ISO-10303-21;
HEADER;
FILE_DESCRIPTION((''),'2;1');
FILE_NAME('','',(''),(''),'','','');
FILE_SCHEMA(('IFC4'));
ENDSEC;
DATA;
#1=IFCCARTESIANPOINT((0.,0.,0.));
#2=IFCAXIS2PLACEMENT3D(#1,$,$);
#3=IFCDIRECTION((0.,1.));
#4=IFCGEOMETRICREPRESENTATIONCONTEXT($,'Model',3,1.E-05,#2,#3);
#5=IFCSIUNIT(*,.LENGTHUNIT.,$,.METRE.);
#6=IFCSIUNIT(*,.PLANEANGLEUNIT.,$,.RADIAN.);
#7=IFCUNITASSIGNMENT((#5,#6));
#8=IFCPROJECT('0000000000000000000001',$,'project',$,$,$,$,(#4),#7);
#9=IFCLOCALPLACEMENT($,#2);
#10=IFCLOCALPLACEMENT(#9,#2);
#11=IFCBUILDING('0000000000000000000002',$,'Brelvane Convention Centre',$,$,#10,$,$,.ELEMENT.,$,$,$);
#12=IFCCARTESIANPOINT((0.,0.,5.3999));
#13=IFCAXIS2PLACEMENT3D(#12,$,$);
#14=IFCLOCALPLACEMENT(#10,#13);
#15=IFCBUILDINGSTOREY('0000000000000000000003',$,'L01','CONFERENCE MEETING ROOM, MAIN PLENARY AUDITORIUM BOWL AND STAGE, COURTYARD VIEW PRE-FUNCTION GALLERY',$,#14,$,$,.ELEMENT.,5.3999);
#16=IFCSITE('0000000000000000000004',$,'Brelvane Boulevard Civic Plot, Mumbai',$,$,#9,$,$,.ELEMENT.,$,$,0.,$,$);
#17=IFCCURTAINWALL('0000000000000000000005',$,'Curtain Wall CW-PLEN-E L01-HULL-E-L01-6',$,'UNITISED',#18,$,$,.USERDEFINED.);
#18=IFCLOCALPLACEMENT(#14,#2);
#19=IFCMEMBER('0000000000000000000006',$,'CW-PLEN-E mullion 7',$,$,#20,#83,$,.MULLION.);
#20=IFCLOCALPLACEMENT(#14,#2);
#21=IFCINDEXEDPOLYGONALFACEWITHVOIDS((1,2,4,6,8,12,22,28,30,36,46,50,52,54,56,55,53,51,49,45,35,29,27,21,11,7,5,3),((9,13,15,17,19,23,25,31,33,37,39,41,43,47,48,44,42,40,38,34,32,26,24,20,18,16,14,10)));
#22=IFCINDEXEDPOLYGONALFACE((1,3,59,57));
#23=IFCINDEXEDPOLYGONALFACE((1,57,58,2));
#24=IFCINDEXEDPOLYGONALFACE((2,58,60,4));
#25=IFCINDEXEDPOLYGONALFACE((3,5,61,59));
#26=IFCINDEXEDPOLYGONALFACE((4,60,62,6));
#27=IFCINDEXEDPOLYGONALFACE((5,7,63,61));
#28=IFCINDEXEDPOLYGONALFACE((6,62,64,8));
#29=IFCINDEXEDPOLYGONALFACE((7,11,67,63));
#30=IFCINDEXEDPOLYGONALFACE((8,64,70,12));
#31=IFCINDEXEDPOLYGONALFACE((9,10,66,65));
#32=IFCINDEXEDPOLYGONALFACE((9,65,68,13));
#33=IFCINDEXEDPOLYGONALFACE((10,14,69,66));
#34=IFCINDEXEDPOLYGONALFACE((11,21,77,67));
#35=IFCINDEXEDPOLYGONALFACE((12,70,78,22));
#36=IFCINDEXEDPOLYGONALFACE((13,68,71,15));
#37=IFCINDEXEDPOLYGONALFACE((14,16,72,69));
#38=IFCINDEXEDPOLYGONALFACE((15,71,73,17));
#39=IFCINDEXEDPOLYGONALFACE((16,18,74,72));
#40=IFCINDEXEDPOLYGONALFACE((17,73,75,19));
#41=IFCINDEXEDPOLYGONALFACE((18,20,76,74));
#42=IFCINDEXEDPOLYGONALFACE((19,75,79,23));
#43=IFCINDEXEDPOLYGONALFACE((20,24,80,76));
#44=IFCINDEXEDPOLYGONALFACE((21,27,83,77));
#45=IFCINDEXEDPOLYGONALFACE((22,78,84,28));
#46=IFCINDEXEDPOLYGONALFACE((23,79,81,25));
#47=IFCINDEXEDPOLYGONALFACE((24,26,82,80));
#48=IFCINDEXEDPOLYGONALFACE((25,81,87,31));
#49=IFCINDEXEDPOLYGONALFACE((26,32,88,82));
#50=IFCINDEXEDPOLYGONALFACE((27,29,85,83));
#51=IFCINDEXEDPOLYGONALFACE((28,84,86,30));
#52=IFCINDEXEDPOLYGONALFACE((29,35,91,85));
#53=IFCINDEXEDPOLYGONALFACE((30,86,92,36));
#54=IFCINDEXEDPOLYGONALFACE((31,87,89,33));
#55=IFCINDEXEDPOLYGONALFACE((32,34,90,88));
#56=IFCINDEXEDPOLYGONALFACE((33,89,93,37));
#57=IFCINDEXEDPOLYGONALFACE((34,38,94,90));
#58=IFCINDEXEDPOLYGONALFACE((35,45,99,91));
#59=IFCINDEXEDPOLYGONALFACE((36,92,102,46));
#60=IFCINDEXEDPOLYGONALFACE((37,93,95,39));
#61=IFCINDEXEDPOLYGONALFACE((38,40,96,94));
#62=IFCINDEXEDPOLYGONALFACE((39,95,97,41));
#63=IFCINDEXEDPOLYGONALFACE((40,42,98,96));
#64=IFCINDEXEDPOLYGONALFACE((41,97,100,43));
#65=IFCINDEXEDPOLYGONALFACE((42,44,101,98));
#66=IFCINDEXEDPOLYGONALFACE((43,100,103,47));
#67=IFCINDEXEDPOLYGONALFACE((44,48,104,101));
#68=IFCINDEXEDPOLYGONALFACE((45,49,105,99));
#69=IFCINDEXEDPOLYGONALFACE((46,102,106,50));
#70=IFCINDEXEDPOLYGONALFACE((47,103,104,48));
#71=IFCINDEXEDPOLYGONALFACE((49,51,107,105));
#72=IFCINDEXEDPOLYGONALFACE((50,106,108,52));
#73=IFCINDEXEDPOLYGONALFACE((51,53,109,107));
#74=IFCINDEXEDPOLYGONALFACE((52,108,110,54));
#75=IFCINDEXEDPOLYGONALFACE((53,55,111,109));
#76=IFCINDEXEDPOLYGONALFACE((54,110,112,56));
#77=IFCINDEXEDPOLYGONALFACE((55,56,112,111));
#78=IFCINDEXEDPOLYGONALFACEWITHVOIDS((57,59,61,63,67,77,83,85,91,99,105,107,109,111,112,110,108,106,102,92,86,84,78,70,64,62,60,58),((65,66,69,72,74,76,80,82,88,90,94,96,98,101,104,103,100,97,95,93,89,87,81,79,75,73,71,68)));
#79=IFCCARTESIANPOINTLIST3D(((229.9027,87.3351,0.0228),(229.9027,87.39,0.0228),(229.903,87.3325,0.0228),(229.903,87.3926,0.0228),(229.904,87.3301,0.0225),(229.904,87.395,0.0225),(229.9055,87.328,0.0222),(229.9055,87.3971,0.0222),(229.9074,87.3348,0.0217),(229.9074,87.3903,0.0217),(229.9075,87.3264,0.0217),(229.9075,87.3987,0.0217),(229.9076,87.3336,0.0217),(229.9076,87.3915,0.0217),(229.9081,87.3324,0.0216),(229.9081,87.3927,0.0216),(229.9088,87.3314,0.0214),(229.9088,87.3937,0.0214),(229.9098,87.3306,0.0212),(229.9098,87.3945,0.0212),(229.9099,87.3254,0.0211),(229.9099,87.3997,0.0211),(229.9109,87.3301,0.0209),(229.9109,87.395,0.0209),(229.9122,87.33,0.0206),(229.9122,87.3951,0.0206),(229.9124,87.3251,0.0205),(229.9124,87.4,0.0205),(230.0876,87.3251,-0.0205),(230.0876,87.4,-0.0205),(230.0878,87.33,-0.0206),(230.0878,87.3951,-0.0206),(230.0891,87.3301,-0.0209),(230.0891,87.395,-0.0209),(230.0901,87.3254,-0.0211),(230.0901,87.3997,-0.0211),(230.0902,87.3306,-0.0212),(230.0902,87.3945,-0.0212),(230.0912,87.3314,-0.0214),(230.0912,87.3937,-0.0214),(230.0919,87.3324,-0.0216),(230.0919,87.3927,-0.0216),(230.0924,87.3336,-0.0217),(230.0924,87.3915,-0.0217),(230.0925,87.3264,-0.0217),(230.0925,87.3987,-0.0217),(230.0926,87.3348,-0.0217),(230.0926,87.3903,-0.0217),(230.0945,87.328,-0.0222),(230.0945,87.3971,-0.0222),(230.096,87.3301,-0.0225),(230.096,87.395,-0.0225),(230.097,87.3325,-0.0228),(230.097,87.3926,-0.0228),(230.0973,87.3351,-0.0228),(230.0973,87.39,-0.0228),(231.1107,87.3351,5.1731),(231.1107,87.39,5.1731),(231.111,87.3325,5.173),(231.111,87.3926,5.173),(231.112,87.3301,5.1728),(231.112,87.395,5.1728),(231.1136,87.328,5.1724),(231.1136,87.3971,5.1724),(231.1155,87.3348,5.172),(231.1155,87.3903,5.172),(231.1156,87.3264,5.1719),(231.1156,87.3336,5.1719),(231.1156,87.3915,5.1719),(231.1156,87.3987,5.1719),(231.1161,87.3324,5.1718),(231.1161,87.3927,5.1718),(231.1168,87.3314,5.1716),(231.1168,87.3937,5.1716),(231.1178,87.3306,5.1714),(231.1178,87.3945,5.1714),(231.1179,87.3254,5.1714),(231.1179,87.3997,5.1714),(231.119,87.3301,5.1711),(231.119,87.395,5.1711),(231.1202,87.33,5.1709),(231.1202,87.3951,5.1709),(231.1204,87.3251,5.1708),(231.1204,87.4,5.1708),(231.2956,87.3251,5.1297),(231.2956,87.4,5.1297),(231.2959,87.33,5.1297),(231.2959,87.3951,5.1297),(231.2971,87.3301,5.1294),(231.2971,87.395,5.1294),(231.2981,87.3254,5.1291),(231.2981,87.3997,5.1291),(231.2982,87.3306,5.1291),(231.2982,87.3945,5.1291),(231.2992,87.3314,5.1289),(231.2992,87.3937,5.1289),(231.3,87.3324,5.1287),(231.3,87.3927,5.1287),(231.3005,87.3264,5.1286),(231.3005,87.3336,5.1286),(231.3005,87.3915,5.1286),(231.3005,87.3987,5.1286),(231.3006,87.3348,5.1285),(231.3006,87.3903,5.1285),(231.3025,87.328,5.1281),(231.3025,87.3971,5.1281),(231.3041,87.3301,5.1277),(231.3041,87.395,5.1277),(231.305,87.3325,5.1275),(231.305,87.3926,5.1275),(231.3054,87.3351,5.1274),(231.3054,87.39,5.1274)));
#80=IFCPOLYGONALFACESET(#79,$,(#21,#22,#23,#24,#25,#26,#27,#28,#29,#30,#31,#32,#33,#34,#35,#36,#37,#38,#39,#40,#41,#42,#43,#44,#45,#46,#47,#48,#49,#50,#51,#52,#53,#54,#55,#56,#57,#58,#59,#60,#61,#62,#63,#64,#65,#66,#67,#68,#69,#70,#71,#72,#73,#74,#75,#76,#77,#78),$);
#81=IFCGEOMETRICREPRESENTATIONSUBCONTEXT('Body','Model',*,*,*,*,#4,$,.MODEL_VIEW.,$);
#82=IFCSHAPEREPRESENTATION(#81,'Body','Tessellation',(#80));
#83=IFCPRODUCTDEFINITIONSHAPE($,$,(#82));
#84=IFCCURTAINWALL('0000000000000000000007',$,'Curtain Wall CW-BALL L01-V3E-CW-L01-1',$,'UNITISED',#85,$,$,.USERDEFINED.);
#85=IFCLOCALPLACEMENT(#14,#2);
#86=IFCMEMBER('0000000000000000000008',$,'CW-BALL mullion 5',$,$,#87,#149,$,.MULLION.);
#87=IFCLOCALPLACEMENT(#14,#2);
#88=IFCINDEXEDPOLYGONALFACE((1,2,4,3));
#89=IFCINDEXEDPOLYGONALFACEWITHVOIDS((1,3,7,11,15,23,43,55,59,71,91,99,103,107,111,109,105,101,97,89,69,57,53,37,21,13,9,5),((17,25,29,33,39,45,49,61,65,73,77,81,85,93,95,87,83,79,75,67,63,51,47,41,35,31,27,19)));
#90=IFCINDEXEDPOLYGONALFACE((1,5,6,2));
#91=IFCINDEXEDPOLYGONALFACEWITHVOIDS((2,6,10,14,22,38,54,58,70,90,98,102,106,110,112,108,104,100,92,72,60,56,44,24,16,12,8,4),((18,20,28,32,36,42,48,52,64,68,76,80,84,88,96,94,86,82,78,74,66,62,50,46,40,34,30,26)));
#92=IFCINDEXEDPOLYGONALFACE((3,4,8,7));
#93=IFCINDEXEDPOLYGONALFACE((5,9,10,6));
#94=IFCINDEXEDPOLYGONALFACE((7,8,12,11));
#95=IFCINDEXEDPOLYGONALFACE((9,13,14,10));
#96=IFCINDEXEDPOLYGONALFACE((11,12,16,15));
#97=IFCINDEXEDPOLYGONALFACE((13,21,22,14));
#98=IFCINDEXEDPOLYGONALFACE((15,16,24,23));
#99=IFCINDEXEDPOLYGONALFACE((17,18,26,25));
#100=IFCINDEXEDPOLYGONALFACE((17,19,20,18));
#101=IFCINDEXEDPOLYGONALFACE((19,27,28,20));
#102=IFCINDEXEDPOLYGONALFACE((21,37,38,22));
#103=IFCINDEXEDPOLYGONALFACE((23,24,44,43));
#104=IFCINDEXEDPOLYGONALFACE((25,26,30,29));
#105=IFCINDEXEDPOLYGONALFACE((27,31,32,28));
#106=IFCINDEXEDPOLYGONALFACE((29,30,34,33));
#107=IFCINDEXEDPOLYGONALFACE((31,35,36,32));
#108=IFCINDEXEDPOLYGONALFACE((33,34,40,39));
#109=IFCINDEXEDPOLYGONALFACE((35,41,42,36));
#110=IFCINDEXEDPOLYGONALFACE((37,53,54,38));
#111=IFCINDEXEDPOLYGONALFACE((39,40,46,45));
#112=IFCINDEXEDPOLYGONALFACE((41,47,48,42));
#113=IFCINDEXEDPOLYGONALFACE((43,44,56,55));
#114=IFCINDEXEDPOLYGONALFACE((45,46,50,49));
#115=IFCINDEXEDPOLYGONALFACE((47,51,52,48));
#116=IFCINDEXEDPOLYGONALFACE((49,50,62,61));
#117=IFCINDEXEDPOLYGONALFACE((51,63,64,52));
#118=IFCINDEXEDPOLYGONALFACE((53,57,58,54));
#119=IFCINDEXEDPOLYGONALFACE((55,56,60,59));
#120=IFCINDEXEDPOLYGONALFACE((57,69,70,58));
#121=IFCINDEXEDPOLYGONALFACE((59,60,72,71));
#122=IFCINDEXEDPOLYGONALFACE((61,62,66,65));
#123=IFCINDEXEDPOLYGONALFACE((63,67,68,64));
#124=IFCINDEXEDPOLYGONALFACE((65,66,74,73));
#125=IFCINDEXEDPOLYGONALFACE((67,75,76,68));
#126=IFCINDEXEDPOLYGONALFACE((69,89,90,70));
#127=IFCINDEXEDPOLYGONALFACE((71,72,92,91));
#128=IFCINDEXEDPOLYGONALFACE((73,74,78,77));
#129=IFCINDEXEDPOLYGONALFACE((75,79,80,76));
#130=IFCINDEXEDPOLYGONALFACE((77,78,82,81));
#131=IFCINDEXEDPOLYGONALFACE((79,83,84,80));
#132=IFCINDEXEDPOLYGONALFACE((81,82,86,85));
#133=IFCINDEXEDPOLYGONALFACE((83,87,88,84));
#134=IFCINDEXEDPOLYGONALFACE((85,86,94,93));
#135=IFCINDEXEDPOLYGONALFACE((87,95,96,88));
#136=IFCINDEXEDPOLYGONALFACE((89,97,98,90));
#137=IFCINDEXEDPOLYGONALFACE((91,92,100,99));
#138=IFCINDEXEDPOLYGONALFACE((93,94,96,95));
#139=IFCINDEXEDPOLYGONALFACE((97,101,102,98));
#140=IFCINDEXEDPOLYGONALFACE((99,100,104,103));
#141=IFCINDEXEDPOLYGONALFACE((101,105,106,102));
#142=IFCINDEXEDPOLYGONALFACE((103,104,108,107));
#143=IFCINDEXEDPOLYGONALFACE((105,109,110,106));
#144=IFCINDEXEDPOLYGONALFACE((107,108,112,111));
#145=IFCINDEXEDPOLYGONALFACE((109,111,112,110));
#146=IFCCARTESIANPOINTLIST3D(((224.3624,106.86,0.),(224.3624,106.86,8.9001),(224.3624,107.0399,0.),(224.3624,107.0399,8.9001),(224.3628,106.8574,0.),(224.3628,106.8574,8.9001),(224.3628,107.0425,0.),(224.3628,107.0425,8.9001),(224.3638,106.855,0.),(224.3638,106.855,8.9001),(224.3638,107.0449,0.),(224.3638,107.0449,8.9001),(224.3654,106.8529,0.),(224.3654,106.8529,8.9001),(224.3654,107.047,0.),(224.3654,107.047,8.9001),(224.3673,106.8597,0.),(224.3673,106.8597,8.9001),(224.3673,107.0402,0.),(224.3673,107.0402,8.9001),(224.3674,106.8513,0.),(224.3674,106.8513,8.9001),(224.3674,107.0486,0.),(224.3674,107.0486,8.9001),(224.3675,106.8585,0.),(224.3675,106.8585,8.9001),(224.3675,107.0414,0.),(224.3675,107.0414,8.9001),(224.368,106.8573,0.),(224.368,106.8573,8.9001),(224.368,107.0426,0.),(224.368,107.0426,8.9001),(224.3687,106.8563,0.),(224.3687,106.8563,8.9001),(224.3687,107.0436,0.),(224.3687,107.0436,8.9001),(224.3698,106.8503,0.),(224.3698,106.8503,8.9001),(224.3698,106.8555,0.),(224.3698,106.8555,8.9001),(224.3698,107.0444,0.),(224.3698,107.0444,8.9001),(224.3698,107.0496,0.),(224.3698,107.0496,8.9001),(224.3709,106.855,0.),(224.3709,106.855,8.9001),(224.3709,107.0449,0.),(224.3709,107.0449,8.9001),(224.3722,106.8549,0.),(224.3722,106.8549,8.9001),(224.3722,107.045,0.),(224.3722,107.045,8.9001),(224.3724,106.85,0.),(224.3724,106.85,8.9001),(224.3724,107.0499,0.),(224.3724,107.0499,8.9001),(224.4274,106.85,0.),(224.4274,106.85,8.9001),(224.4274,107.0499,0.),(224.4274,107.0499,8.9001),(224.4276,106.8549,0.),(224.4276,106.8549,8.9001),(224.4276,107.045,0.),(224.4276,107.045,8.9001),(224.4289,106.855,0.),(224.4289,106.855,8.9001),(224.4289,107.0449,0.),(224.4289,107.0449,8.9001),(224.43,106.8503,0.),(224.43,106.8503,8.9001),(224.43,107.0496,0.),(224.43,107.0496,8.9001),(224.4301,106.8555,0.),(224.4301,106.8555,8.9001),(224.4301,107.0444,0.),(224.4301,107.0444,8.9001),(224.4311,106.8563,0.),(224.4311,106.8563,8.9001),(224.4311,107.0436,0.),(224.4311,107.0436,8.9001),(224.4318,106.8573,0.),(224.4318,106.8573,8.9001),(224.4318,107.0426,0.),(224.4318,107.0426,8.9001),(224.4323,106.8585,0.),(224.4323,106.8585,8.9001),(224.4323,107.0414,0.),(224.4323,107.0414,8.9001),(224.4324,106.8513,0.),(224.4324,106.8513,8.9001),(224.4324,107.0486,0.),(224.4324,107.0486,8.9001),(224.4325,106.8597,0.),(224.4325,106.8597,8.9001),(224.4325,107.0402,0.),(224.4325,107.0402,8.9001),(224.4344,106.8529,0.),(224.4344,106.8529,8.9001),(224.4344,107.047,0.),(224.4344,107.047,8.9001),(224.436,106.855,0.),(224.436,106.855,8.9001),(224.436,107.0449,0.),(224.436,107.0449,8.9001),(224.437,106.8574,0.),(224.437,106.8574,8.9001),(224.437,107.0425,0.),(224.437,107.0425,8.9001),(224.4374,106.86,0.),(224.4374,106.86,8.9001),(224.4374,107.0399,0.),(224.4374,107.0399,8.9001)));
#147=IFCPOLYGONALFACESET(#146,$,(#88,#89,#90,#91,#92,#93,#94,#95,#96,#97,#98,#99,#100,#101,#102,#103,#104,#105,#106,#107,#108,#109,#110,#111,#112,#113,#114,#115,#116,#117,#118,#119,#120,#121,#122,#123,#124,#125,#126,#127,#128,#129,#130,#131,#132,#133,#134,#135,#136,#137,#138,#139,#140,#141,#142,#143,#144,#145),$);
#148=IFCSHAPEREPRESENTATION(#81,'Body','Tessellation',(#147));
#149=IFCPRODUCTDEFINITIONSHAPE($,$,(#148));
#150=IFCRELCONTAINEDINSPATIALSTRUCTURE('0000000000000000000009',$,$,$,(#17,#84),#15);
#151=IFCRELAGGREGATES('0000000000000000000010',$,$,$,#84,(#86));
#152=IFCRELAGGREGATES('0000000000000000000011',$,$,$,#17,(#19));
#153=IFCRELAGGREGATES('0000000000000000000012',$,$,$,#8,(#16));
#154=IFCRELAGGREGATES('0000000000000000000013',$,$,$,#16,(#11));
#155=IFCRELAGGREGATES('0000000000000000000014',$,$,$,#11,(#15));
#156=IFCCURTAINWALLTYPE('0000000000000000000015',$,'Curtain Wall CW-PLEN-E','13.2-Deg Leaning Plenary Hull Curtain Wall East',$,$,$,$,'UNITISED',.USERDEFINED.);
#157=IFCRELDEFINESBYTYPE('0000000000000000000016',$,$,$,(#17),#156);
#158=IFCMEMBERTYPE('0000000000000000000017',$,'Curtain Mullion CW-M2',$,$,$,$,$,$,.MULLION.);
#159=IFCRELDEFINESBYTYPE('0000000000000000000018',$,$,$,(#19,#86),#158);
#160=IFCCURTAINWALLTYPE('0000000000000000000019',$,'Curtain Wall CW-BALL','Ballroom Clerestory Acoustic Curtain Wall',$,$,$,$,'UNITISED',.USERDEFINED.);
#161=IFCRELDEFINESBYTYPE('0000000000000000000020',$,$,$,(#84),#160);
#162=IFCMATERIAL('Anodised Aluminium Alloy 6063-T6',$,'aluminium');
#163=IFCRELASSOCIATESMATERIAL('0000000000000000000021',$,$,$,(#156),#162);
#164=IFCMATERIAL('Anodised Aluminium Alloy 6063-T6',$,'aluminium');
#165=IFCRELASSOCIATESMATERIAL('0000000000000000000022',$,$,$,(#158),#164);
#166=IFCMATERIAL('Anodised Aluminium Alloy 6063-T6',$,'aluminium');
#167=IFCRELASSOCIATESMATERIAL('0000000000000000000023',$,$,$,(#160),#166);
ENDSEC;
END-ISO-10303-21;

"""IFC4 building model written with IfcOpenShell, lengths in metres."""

from ifc_helpers import new_model, si_unit, direction, frame, origin, origin_2d, place, context, subcontext, project, spatial, hollow_rectangle, extrude, material, material_profile, profile_set, type_object, element, aggregate, save


model = new_model("IFC4")

# Units and contexts
model_context = context("Model", 3, precision=1e-05, world=origin(), true_north=direction((0.0, 1.0)))
body_context = subcontext(model_context, "Body", "Model", "MODEL_VIEW")
ifc_project = project(units=[si_unit("LENGTHUNIT", "METRE"), si_unit("PLANEANGLEUNIT", "RADIAN")], contexts=[model_context])

# Site, building, storey
site_placement = place(None, origin())
site = spatial("IfcSite", under=ifc_project, at=site_placement, Name="Brelvane Boulevard Civic Plot, Mumbai", CompositionType="ELEMENT", RefElevation=0.0)
building_placement = place(site_placement, origin())
building = spatial("IfcBuilding", under=site, at=building_placement, Name="Brelvane Convention Centre", CompositionType="ELEMENT")
storey_placement = place(building_placement, frame((0.0, 0.0, 5.3999)))
storey = spatial("IfcBuildingStorey", under=building, at=storey_placement, Name="L01", Description="CONFERENCE MEETING ROOM, MAIN PLENARY AUDITORIUM BOWL AND STAGE, COURTYARD VIEW PRE-FUNCTION GALLERY", CompositionType="ELEMENT", Elevation=5.3999)

# Curtain walls, members
ifc_material_1 = material(Name="Anodised Aluminium Alloy 6063-T6", Category="aluminium")
curtain_wall_type_1 = type_object("IfcCurtainWallType", Name="Curtain Wall CW-PLEN-E", Description="13.2-Deg Leaning Plenary Hull Curtain Wall East", ElementType="UNITISED", PredefinedType="USERDEFINED", material=ifc_material_1)
curtain_wall_1_placement = place(storey_placement, origin())
curtain_wall_1 = element("IfcCurtainWall", 1, at=curtain_wall_1_placement, inside=storey, type_object=curtain_wall_type_1, Name="Curtain Wall CW-PLEN-E L01-HULL-E-L01-6", ObjectType="UNITISED", PredefinedType="USERDEFINED")
ifc_material_2 = material(Name="Anodised Aluminium Alloy 6063-T6", Category="aluminium")
ifc_material_profile_1 = material_profile(ifc_material_2, hollow_rectangle(XDim=0.075, YDim=0.2, WallThickness=0.0049, InnerFilletRadius=0.0049, OuterFilletRadius=0.01, at=origin_2d()), Name="ALU-M 200x75x5.0")
ifc_profile_set_1 = profile_set([ifc_material_profile_1], Name="Anodised Aluminium Alloy 6063-T6")
member_type_1 = type_object("IfcMemberType", Name="Curtain Mullion CW-M2", PredefinedType="MULLION", material=ifc_profile_set_1)
member_1_placement = place(storey_placement, frame((230.0, 87.3625, 0.0), z_axis=(0.22836, 0.0, 0.973577), x_axis=(0.0, 1.0, 0.0)))
member_1 = element("IfcMember", 2, at=member_1_placement, type_object=member_type_1, Name="CW-PLEN-E mullion 7", PredefinedType="MULLION", context=body_context, shape_type="SweptSolid", body=[
    extrude(hollow_rectangle(XDim=0.075, YDim=0.2, WallThickness=0.0049, InnerFilletRadius=0.0049, OuterFilletRadius=0.01, at=origin_2d()), origin(), (0.0, 0.0, 1.0), 5.29),
])
ifc_material_3 = material(Name="Anodised Aluminium Alloy 6063-T6", Category="aluminium")
curtain_wall_type_2 = type_object("IfcCurtainWallType", Name="Curtain Wall CW-BALL", Description="Ballroom Clerestory Acoustic Curtain Wall", ElementType="UNITISED", PredefinedType="USERDEFINED", material=ifc_material_3)
curtain_wall_2_placement = place(storey_placement, origin())
curtain_wall_2 = element("IfcCurtainWall", 3, at=curtain_wall_2_placement, inside=storey, type_object=curtain_wall_type_2, Name="Curtain Wall CW-BALL L01-V3E-CW-L01-1", ObjectType="UNITISED", PredefinedType="USERDEFINED")
member_2_placement = place(storey_placement, frame((224.3999, 106.95, 0.0), z_axis=(0.0, 0.0, 1.0), x_axis=(-1.0, 0.0, 0.0)))
member_2 = element("IfcMember", 4, at=member_2_placement, type_object=member_type_1, Name="CW-BALL mullion 5", PredefinedType="MULLION", context=body_context, shape_type="SweptSolid", body=[
    extrude(hollow_rectangle(XDim=0.075, YDim=0.2, WallThickness=0.0049, InnerFilletRadius=0.0049, OuterFilletRadius=0.01, at=origin_2d()), origin(), (0.0, 0.0, 1.0), 8.9001),
])

aggregate(curtain_wall_2, [member_2])
aggregate(curtain_wall_1, [member_1])

save(model, "model.ifc")
